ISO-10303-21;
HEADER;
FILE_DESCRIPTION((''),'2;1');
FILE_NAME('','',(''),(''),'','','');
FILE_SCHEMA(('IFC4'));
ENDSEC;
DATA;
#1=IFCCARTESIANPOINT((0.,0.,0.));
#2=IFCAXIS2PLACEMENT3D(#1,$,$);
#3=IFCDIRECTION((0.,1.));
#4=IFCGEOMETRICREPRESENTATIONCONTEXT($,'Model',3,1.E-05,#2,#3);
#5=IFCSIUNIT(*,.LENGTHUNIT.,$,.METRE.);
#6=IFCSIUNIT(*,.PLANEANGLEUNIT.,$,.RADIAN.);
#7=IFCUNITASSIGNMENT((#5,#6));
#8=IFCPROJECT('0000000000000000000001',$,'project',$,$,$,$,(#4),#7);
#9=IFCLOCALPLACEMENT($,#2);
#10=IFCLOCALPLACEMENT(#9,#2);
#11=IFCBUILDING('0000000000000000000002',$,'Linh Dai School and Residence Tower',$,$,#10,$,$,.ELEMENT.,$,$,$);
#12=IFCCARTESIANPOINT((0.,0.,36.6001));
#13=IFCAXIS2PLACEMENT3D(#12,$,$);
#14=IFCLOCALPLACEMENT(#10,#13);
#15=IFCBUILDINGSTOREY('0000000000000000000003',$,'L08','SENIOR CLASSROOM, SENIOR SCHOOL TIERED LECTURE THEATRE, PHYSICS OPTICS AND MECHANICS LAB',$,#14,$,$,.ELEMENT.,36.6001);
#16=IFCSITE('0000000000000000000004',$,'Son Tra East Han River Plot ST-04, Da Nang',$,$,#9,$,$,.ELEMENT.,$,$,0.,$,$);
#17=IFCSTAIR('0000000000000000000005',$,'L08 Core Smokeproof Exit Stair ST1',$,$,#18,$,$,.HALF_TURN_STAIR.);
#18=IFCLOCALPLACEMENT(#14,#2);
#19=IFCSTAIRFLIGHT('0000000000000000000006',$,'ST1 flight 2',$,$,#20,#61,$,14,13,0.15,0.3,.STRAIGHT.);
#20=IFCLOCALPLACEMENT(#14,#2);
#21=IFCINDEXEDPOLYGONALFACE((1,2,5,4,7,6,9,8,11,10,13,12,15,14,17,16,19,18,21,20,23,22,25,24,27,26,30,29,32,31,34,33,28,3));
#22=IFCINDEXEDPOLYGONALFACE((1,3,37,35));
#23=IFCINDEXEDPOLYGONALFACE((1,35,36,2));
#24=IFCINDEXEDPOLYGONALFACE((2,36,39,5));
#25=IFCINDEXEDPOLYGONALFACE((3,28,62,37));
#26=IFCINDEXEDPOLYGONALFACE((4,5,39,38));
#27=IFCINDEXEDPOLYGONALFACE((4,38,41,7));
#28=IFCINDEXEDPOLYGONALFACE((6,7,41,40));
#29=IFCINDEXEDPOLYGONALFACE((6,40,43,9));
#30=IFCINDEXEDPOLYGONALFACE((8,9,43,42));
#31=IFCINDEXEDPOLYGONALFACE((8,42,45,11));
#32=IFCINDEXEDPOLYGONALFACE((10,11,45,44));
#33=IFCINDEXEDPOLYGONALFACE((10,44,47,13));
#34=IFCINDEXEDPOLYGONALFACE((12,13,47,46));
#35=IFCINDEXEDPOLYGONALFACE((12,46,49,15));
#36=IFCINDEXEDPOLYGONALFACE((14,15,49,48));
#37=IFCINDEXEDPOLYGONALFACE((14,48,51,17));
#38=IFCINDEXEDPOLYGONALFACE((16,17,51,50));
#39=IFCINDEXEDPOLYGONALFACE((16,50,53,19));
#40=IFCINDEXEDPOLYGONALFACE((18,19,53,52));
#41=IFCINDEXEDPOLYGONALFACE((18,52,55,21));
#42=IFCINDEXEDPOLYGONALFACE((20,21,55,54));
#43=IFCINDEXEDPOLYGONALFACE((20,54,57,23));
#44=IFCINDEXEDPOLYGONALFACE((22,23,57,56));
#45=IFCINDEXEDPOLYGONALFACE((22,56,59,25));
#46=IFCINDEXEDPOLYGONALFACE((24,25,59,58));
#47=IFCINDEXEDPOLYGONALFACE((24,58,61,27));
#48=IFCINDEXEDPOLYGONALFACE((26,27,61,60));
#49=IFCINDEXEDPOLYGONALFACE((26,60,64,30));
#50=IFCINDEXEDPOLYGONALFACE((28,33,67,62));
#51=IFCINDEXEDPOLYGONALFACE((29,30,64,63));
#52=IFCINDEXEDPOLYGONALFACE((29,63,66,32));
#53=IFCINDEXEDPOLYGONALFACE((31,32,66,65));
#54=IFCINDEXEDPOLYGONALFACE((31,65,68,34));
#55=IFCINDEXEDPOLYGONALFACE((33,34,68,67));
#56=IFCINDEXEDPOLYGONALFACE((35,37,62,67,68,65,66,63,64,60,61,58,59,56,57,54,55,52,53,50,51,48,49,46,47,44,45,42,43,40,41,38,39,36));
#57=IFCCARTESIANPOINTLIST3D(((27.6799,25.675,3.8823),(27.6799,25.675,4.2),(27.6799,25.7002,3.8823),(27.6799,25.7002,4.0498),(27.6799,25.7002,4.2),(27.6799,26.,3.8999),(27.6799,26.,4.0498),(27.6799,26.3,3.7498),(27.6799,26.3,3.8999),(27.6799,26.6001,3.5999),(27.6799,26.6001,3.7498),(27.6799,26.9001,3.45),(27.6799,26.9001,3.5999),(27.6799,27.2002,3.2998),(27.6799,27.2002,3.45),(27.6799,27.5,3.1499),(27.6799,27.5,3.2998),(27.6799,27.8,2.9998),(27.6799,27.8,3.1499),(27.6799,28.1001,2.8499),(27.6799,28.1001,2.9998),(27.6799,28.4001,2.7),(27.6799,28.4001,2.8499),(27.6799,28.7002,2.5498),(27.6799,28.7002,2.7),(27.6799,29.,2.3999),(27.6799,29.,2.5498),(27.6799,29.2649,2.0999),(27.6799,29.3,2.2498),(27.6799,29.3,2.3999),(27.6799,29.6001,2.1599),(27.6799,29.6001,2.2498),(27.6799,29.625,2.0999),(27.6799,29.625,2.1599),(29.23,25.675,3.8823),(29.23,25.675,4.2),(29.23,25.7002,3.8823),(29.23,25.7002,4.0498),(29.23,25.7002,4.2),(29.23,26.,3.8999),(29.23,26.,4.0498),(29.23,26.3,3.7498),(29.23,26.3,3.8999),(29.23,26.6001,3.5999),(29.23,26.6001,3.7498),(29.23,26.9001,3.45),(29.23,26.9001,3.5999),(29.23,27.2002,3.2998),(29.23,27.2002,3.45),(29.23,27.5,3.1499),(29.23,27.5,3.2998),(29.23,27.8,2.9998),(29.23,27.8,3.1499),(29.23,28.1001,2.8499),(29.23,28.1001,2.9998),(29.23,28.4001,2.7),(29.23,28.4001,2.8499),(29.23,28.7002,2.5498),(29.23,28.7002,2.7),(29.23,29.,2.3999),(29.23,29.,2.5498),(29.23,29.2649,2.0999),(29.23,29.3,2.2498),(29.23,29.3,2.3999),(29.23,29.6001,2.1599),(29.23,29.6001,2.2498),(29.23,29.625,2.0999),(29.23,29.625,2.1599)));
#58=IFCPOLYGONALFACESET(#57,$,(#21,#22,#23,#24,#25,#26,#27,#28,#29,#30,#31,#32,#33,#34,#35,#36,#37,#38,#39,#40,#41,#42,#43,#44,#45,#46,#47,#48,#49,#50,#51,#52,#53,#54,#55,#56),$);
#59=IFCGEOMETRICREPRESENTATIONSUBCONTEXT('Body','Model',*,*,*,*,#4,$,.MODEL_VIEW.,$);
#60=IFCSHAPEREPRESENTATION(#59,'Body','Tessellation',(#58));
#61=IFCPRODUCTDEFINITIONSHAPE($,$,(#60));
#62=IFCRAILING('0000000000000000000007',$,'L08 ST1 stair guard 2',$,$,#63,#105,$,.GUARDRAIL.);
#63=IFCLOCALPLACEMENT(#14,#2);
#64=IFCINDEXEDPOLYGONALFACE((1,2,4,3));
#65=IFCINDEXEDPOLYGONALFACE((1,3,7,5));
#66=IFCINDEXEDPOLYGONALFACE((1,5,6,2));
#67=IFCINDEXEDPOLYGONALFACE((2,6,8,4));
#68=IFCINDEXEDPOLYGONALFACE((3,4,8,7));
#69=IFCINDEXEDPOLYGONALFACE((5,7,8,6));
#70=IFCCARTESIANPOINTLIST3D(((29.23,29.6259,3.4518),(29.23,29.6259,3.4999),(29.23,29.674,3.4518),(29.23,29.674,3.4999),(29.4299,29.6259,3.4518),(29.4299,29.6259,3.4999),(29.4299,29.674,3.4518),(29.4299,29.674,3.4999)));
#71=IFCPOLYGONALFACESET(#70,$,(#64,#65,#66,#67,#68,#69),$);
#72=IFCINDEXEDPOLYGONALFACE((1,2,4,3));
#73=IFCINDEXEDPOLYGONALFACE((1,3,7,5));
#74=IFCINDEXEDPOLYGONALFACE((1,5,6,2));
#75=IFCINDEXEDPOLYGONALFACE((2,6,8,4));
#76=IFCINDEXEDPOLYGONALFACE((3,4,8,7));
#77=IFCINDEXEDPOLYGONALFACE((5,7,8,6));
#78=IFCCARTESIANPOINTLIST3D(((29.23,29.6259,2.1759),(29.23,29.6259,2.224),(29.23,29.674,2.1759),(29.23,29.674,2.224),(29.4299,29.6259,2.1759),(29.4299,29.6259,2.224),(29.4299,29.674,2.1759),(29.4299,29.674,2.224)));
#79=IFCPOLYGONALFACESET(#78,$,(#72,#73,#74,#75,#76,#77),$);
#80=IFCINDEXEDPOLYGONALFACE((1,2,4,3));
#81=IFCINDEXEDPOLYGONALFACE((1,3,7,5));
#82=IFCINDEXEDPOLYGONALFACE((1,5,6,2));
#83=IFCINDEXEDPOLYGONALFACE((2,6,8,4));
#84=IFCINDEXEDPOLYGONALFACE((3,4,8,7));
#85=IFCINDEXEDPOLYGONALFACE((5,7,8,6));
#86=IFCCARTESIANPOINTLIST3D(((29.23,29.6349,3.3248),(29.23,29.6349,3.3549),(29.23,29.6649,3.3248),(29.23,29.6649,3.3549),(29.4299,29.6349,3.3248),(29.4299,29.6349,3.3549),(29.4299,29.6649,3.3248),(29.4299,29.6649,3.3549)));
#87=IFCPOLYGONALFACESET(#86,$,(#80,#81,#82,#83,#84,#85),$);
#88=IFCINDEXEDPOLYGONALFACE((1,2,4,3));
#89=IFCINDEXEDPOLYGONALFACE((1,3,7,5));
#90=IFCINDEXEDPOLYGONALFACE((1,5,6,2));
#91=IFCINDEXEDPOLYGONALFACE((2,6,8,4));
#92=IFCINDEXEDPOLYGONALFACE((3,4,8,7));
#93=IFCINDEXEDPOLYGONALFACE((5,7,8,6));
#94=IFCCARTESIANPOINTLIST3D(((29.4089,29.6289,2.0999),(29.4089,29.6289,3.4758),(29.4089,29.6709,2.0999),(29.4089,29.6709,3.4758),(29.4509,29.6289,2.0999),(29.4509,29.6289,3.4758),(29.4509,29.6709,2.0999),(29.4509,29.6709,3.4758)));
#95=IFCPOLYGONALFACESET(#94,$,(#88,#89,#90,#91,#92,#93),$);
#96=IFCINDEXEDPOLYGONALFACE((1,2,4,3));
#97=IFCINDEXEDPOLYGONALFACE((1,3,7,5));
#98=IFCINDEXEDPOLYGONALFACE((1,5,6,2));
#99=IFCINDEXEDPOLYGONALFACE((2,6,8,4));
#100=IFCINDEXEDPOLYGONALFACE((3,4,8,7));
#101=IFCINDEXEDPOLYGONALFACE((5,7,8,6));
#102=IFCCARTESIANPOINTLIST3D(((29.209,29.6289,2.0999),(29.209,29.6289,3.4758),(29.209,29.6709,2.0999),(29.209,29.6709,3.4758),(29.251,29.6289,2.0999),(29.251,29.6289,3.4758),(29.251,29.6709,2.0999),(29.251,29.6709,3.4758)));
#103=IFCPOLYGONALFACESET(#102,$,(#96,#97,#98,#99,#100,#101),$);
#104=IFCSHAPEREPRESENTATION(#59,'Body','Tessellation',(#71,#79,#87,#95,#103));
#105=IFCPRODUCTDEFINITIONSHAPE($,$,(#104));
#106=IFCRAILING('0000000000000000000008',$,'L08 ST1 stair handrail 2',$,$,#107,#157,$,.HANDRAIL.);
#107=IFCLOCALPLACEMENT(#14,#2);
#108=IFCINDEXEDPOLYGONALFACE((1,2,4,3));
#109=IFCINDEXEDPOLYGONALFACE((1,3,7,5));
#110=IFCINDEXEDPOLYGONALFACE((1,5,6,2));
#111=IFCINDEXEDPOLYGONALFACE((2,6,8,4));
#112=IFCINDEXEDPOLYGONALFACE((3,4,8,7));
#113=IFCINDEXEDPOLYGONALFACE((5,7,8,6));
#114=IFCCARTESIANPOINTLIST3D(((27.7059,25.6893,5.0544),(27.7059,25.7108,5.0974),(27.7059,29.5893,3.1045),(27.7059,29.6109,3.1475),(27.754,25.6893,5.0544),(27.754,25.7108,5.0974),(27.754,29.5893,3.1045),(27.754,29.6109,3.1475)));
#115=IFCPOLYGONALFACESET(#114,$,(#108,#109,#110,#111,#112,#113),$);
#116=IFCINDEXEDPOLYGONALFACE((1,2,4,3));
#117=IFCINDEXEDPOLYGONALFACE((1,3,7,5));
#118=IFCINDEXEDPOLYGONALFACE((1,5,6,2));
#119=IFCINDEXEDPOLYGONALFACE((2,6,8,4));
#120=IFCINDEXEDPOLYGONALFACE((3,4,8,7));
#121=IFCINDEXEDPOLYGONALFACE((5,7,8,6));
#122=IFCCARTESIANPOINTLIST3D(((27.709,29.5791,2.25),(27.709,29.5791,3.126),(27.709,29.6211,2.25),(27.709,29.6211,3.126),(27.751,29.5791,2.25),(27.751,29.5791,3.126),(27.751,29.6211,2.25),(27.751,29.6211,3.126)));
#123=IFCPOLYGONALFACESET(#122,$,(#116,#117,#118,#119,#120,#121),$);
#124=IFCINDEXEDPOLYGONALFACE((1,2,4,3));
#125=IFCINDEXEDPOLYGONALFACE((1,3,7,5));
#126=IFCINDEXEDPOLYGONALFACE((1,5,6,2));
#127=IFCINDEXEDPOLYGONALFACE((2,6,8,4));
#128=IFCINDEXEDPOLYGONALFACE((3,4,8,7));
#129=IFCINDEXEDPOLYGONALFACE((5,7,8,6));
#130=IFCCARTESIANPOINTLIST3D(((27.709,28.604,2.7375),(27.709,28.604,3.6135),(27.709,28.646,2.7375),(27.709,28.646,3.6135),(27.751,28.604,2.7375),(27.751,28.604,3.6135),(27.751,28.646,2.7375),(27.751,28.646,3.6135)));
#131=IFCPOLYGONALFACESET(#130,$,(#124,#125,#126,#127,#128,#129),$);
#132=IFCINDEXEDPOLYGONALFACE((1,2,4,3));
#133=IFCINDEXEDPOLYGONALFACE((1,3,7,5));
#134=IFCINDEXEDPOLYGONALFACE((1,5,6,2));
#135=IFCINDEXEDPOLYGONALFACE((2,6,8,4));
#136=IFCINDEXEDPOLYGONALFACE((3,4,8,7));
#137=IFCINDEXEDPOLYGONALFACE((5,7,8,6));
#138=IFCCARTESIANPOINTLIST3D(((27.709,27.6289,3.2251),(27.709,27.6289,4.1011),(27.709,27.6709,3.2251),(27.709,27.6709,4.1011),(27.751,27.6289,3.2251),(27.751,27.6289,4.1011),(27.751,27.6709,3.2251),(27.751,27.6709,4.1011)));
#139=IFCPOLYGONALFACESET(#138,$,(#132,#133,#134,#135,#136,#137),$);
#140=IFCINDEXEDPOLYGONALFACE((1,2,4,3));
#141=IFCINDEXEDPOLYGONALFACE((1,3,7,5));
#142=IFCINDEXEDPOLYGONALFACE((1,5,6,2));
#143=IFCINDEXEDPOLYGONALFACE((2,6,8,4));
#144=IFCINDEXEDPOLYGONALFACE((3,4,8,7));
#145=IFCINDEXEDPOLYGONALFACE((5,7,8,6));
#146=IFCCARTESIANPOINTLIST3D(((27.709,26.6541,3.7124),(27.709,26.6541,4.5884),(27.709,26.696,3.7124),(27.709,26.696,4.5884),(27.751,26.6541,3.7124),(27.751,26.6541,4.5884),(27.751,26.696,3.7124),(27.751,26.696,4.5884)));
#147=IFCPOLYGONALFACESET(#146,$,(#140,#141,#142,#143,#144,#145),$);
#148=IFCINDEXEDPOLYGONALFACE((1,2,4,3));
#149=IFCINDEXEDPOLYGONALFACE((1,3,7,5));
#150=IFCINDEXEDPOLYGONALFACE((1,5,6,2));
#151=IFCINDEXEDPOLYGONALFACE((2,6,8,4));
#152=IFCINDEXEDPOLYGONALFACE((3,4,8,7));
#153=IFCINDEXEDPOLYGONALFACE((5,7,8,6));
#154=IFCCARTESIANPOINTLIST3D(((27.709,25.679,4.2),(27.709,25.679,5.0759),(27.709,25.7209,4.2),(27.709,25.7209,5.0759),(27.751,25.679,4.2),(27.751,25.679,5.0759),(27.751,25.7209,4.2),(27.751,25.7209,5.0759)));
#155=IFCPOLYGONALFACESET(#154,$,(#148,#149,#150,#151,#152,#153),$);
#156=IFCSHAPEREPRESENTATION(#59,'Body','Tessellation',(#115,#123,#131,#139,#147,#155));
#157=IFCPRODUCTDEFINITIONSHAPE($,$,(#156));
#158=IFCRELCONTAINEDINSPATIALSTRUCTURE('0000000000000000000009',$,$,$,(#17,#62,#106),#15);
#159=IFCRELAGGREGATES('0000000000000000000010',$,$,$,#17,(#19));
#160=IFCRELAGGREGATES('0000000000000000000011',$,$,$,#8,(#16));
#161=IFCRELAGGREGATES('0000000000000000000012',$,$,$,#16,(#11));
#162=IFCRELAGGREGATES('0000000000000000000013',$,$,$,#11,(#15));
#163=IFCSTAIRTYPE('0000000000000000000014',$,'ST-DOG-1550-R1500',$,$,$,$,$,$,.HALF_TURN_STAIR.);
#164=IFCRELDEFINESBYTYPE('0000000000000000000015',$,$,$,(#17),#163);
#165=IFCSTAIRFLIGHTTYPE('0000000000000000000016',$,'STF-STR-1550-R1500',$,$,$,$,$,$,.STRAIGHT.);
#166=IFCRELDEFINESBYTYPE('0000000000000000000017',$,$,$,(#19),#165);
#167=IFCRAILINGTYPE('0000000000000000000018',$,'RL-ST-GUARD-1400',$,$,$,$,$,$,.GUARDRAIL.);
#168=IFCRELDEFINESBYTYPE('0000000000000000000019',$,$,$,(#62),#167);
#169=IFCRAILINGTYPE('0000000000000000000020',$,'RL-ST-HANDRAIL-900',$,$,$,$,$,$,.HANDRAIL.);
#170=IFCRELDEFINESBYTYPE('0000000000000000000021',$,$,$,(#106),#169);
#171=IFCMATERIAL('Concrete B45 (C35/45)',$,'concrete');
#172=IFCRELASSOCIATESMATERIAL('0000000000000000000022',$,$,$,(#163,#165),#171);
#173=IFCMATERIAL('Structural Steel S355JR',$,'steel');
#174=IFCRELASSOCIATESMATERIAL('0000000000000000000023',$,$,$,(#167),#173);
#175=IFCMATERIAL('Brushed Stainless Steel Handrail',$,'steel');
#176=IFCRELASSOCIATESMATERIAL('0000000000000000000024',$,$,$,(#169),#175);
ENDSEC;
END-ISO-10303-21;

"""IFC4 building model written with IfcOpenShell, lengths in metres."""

from ifc_helpers import new_model, si_unit, direction, frame, origin, origin_2d, place, context, subcontext, project, spatial, polyline, rectangle, outline, extrude, source, transform, mapped, material, type_object, element, aggregate, save


model = new_model("IFC4")

# Units and contexts
model_context = context("Model", 3, precision=1e-05, world=origin(), true_north=direction((0.0, 1.0)))
body_context = subcontext(model_context, "Body", "Model", "MODEL_VIEW")
ifc_project = project(units=[si_unit("LENGTHUNIT", "METRE"), si_unit("PLANEANGLEUNIT", "RADIAN")], contexts=[model_context])

# Site, building, storey
site_placement = place(None, origin())
site = spatial("IfcSite", under=ifc_project, at=site_placement, Name="Son Tra East Han River Plot ST-04, Da Nang", CompositionType="ELEMENT", RefElevation=0.0)
building_placement = place(site_placement, origin())
building = spatial("IfcBuilding", under=site, at=building_placement, Name="Linh Dai School and Residence Tower", CompositionType="ELEMENT")
storey_placement = place(building_placement, frame((0.0, 0.0, 36.6001)))
storey = spatial("IfcBuildingStorey", under=building, at=storey_placement, Name="L08", Description="SENIOR CLASSROOM, SENIOR SCHOOL TIERED LECTURE THEATRE, PHYSICS OPTICS AND MECHANICS LAB", CompositionType="ELEMENT", Elevation=36.6001)

# Shared definitions
ifc_material_1 = material(Name="Structural Steel S355JR", Category="steel")

# Shared definitions
ifc_material_2 = material(Name="Concrete B45 (C35/45)", Category="concrete")

# Stair, stair flight
stair_type = type_object("IfcStairType", Name="ST-DOG-1550-R1500", PredefinedType="HALF_TURN_STAIR", material=ifc_material_2)
stair_placement = place(storey_placement, origin())
stair = element("IfcStair", 1, at=stair_placement, inside=storey, type_object=stair_type, Name="L08 Core Smokeproof Exit Stair ST1", PredefinedType="HALF_TURN_STAIR")
stair_flight_type = type_object("IfcStairFlightType", Name="STF-STR-1550-R1500", PredefinedType="STRAIGHT", material=ifc_material_2)
shared_shape_1 = source(origin(), body_context, "Body", "SweptSolid", [
    extrude(outline(polyline([(-0.0249, 0.0), (-0.0249, 0.0601), (0.0, 0.0601), (0.0, 0.1499), (0.3, 0.1499), (0.3, 0.3), (0.6001, 0.3), (0.6001, 0.45), (0.8999, 0.45), (0.8999, 0.6001), (1.2, 0.6001), (1.2, 0.75), (1.5, 0.75), (1.5, 0.8999), (1.8, 0.8999), (1.8, 1.05), (2.1001, 1.05), (2.1001, 1.2), (2.3999, 1.2), (2.3999, 1.3501), (2.7, 1.3501), (2.7, 1.5), (3.0, 1.5), (3.0, 1.6499), (3.3, 1.6499), (3.3, 1.8), (3.6001, 1.8), (3.6001, 1.95), (3.8999, 1.95), (3.8999, 2.1001), (3.925, 2.1001), (3.925, 1.7825), (3.8999, 1.7825), (0.3352, 0.0), (-0.0249, 0.0)])), frame((0.0, 0.7749, 0.0), z_axis=(0.0, -1.0, 0.0), x_axis=(1.0, 0.0, 0.0)), (0.0, 0.0, 1.0), 1.55),
])
stair_flight_placement = place(storey_placement, frame((28.4551, 29.6001, 2.0999), z_axis=(0.0, 0.0, 1.0), x_axis=(0.0, -1.0, 0.0)))
stair_flight = element("IfcStairFlight", 2, at=stair_flight_placement, type_object=stair_flight_type, Name="ST1 flight 2", NumberOfRisers=14, NumberOfTreads=13, PredefinedType="STRAIGHT", RiserHeight=0.15, TreadLength=0.3, context=body_context, shape_type="MappedRepresentation", body=[
    mapped(shared_shape_1, transform((0.0, 0.0, 0.0), x_axis=(1.0, 0.0, 0.0), y_axis=(0.0, 1.0, 0.0), z_axis=(0.0, 0.0, 1.0), scale=1.0)),
])
aggregate(stair, [stair_flight])

# Railings
railing_type_1 = type_object("IfcRailingType", Name="RL-ST-GUARD-1400", PredefinedType="GUARDRAIL", material=ifc_material_1)
shared_shape_2 = source(origin(), body_context, "Body", "SweptSolid", [
    extrude(rectangle(XDim=0.0481, YDim=0.0481, at=origin_2d()), frame((0.0, 0.0, 1.376), z_axis=(-1.0, 0.0, 0.0), x_axis=(0.0, -1.0, 0.0)), (0.0, 0.0, 1.0), 0.2),
    extrude(rectangle(XDim=0.0481, YDim=0.0481, at=origin_2d()), frame((0.0, 0.0, 0.1001), z_axis=(-1.0, 0.0, 0.0), x_axis=(0.0, -1.0, 0.0)), (0.0, 0.0, 1.0), 0.2),
    extrude(rectangle(XDim=0.03, YDim=0.03, at=origin_2d()), frame((0.0, 0.0, 1.24), z_axis=(-1.0, 0.0, 0.0), x_axis=(0.0, -1.0, 0.0)), (0.0, 0.0, 1.0), 0.2),
    extrude(rectangle(XDim=0.042, YDim=0.042, at=origin_2d()), origin(), (0.0, 0.0, 1.0), 1.376),
    extrude(rectangle(XDim=0.042, YDim=0.042, at=origin_2d()), frame((-0.2, 0.0, 0.0)), (0.0, 0.0, 1.0), 1.376),
])
railing_1_placement = place(storey_placement, frame((29.4299, 29.6499, 2.0999)))
element("IfcRailing", 3, at=railing_1_placement, inside=storey, type_object=railing_type_1, Name="L08 ST1 stair guard 2", PredefinedType="GUARDRAIL", context=body_context, shape_type="MappedRepresentation", body=[
    mapped(shared_shape_2, transform((0.0, 0.0, 0.0), x_axis=(1.0, 0.0, 0.0), y_axis=(0.0, 1.0, 0.0), z_axis=(0.0, 0.0, 1.0), scale=1.0)),
])
ifc_material_3 = material(Name="Brushed Stainless Steel Handrail", Category="steel")
railing_type_2 = type_object("IfcRailingType", Name="RL-ST-HANDRAIL-900", PredefinedType="HANDRAIL", material=ifc_material_3)
shared_shape_3 = source(origin(), body_context, "Body", "SweptSolid", [
    extrude(rectangle(XDim=0.0481, YDim=0.0481, at=origin_2d()), frame((0.0, 0.0, 0.876), z_axis=(0.0, -0.894438, 0.447191), x_axis=(1.0, 0.0, 0.0)), (0.0, 0.0, 1.0), 4.3604),
    extrude(rectangle(XDim=0.042, YDim=0.042, at=origin_2d()), origin(), (0.0, 0.0, 1.0), 0.876),
    extrude(rectangle(XDim=0.042, YDim=0.042, at=origin_2d()), frame((0.0, -0.9751, 0.4875)), (0.0, 0.0, 1.0), 0.876),
    extrude(rectangle(XDim=0.042, YDim=0.042, at=origin_2d()), frame((0.0, -1.9502, 0.9751)), (0.0, 0.0, 1.0), 0.876),
    extrude(rectangle(XDim=0.042, YDim=0.042, at=origin_2d()), frame((0.0, -2.925, 1.4624)), (0.0, 0.0, 1.0), 0.876),
    extrude(rectangle(XDim=0.042, YDim=0.042, at=origin_2d()), frame((0.0, -3.9001, 1.95)), (0.0, 0.0, 1.0), 0.876),
])
railing_2_placement = place(storey_placement, frame((27.73, 29.6001, 2.25)))
element("IfcRailing", 4, at=railing_2_placement, inside=storey, type_object=railing_type_2, Name="L08 ST1 stair handrail 2", PredefinedType="HANDRAIL", context=body_context, shape_type="MappedRepresentation", body=[
    mapped(shared_shape_3, transform((0.0, 0.0, 0.0), x_axis=(1.0, 0.0, 0.0), y_axis=(0.0, 1.0, 0.0), z_axis=(0.0, 0.0, 1.0), scale=1.0)),
])

save(model, "model.ifc")
